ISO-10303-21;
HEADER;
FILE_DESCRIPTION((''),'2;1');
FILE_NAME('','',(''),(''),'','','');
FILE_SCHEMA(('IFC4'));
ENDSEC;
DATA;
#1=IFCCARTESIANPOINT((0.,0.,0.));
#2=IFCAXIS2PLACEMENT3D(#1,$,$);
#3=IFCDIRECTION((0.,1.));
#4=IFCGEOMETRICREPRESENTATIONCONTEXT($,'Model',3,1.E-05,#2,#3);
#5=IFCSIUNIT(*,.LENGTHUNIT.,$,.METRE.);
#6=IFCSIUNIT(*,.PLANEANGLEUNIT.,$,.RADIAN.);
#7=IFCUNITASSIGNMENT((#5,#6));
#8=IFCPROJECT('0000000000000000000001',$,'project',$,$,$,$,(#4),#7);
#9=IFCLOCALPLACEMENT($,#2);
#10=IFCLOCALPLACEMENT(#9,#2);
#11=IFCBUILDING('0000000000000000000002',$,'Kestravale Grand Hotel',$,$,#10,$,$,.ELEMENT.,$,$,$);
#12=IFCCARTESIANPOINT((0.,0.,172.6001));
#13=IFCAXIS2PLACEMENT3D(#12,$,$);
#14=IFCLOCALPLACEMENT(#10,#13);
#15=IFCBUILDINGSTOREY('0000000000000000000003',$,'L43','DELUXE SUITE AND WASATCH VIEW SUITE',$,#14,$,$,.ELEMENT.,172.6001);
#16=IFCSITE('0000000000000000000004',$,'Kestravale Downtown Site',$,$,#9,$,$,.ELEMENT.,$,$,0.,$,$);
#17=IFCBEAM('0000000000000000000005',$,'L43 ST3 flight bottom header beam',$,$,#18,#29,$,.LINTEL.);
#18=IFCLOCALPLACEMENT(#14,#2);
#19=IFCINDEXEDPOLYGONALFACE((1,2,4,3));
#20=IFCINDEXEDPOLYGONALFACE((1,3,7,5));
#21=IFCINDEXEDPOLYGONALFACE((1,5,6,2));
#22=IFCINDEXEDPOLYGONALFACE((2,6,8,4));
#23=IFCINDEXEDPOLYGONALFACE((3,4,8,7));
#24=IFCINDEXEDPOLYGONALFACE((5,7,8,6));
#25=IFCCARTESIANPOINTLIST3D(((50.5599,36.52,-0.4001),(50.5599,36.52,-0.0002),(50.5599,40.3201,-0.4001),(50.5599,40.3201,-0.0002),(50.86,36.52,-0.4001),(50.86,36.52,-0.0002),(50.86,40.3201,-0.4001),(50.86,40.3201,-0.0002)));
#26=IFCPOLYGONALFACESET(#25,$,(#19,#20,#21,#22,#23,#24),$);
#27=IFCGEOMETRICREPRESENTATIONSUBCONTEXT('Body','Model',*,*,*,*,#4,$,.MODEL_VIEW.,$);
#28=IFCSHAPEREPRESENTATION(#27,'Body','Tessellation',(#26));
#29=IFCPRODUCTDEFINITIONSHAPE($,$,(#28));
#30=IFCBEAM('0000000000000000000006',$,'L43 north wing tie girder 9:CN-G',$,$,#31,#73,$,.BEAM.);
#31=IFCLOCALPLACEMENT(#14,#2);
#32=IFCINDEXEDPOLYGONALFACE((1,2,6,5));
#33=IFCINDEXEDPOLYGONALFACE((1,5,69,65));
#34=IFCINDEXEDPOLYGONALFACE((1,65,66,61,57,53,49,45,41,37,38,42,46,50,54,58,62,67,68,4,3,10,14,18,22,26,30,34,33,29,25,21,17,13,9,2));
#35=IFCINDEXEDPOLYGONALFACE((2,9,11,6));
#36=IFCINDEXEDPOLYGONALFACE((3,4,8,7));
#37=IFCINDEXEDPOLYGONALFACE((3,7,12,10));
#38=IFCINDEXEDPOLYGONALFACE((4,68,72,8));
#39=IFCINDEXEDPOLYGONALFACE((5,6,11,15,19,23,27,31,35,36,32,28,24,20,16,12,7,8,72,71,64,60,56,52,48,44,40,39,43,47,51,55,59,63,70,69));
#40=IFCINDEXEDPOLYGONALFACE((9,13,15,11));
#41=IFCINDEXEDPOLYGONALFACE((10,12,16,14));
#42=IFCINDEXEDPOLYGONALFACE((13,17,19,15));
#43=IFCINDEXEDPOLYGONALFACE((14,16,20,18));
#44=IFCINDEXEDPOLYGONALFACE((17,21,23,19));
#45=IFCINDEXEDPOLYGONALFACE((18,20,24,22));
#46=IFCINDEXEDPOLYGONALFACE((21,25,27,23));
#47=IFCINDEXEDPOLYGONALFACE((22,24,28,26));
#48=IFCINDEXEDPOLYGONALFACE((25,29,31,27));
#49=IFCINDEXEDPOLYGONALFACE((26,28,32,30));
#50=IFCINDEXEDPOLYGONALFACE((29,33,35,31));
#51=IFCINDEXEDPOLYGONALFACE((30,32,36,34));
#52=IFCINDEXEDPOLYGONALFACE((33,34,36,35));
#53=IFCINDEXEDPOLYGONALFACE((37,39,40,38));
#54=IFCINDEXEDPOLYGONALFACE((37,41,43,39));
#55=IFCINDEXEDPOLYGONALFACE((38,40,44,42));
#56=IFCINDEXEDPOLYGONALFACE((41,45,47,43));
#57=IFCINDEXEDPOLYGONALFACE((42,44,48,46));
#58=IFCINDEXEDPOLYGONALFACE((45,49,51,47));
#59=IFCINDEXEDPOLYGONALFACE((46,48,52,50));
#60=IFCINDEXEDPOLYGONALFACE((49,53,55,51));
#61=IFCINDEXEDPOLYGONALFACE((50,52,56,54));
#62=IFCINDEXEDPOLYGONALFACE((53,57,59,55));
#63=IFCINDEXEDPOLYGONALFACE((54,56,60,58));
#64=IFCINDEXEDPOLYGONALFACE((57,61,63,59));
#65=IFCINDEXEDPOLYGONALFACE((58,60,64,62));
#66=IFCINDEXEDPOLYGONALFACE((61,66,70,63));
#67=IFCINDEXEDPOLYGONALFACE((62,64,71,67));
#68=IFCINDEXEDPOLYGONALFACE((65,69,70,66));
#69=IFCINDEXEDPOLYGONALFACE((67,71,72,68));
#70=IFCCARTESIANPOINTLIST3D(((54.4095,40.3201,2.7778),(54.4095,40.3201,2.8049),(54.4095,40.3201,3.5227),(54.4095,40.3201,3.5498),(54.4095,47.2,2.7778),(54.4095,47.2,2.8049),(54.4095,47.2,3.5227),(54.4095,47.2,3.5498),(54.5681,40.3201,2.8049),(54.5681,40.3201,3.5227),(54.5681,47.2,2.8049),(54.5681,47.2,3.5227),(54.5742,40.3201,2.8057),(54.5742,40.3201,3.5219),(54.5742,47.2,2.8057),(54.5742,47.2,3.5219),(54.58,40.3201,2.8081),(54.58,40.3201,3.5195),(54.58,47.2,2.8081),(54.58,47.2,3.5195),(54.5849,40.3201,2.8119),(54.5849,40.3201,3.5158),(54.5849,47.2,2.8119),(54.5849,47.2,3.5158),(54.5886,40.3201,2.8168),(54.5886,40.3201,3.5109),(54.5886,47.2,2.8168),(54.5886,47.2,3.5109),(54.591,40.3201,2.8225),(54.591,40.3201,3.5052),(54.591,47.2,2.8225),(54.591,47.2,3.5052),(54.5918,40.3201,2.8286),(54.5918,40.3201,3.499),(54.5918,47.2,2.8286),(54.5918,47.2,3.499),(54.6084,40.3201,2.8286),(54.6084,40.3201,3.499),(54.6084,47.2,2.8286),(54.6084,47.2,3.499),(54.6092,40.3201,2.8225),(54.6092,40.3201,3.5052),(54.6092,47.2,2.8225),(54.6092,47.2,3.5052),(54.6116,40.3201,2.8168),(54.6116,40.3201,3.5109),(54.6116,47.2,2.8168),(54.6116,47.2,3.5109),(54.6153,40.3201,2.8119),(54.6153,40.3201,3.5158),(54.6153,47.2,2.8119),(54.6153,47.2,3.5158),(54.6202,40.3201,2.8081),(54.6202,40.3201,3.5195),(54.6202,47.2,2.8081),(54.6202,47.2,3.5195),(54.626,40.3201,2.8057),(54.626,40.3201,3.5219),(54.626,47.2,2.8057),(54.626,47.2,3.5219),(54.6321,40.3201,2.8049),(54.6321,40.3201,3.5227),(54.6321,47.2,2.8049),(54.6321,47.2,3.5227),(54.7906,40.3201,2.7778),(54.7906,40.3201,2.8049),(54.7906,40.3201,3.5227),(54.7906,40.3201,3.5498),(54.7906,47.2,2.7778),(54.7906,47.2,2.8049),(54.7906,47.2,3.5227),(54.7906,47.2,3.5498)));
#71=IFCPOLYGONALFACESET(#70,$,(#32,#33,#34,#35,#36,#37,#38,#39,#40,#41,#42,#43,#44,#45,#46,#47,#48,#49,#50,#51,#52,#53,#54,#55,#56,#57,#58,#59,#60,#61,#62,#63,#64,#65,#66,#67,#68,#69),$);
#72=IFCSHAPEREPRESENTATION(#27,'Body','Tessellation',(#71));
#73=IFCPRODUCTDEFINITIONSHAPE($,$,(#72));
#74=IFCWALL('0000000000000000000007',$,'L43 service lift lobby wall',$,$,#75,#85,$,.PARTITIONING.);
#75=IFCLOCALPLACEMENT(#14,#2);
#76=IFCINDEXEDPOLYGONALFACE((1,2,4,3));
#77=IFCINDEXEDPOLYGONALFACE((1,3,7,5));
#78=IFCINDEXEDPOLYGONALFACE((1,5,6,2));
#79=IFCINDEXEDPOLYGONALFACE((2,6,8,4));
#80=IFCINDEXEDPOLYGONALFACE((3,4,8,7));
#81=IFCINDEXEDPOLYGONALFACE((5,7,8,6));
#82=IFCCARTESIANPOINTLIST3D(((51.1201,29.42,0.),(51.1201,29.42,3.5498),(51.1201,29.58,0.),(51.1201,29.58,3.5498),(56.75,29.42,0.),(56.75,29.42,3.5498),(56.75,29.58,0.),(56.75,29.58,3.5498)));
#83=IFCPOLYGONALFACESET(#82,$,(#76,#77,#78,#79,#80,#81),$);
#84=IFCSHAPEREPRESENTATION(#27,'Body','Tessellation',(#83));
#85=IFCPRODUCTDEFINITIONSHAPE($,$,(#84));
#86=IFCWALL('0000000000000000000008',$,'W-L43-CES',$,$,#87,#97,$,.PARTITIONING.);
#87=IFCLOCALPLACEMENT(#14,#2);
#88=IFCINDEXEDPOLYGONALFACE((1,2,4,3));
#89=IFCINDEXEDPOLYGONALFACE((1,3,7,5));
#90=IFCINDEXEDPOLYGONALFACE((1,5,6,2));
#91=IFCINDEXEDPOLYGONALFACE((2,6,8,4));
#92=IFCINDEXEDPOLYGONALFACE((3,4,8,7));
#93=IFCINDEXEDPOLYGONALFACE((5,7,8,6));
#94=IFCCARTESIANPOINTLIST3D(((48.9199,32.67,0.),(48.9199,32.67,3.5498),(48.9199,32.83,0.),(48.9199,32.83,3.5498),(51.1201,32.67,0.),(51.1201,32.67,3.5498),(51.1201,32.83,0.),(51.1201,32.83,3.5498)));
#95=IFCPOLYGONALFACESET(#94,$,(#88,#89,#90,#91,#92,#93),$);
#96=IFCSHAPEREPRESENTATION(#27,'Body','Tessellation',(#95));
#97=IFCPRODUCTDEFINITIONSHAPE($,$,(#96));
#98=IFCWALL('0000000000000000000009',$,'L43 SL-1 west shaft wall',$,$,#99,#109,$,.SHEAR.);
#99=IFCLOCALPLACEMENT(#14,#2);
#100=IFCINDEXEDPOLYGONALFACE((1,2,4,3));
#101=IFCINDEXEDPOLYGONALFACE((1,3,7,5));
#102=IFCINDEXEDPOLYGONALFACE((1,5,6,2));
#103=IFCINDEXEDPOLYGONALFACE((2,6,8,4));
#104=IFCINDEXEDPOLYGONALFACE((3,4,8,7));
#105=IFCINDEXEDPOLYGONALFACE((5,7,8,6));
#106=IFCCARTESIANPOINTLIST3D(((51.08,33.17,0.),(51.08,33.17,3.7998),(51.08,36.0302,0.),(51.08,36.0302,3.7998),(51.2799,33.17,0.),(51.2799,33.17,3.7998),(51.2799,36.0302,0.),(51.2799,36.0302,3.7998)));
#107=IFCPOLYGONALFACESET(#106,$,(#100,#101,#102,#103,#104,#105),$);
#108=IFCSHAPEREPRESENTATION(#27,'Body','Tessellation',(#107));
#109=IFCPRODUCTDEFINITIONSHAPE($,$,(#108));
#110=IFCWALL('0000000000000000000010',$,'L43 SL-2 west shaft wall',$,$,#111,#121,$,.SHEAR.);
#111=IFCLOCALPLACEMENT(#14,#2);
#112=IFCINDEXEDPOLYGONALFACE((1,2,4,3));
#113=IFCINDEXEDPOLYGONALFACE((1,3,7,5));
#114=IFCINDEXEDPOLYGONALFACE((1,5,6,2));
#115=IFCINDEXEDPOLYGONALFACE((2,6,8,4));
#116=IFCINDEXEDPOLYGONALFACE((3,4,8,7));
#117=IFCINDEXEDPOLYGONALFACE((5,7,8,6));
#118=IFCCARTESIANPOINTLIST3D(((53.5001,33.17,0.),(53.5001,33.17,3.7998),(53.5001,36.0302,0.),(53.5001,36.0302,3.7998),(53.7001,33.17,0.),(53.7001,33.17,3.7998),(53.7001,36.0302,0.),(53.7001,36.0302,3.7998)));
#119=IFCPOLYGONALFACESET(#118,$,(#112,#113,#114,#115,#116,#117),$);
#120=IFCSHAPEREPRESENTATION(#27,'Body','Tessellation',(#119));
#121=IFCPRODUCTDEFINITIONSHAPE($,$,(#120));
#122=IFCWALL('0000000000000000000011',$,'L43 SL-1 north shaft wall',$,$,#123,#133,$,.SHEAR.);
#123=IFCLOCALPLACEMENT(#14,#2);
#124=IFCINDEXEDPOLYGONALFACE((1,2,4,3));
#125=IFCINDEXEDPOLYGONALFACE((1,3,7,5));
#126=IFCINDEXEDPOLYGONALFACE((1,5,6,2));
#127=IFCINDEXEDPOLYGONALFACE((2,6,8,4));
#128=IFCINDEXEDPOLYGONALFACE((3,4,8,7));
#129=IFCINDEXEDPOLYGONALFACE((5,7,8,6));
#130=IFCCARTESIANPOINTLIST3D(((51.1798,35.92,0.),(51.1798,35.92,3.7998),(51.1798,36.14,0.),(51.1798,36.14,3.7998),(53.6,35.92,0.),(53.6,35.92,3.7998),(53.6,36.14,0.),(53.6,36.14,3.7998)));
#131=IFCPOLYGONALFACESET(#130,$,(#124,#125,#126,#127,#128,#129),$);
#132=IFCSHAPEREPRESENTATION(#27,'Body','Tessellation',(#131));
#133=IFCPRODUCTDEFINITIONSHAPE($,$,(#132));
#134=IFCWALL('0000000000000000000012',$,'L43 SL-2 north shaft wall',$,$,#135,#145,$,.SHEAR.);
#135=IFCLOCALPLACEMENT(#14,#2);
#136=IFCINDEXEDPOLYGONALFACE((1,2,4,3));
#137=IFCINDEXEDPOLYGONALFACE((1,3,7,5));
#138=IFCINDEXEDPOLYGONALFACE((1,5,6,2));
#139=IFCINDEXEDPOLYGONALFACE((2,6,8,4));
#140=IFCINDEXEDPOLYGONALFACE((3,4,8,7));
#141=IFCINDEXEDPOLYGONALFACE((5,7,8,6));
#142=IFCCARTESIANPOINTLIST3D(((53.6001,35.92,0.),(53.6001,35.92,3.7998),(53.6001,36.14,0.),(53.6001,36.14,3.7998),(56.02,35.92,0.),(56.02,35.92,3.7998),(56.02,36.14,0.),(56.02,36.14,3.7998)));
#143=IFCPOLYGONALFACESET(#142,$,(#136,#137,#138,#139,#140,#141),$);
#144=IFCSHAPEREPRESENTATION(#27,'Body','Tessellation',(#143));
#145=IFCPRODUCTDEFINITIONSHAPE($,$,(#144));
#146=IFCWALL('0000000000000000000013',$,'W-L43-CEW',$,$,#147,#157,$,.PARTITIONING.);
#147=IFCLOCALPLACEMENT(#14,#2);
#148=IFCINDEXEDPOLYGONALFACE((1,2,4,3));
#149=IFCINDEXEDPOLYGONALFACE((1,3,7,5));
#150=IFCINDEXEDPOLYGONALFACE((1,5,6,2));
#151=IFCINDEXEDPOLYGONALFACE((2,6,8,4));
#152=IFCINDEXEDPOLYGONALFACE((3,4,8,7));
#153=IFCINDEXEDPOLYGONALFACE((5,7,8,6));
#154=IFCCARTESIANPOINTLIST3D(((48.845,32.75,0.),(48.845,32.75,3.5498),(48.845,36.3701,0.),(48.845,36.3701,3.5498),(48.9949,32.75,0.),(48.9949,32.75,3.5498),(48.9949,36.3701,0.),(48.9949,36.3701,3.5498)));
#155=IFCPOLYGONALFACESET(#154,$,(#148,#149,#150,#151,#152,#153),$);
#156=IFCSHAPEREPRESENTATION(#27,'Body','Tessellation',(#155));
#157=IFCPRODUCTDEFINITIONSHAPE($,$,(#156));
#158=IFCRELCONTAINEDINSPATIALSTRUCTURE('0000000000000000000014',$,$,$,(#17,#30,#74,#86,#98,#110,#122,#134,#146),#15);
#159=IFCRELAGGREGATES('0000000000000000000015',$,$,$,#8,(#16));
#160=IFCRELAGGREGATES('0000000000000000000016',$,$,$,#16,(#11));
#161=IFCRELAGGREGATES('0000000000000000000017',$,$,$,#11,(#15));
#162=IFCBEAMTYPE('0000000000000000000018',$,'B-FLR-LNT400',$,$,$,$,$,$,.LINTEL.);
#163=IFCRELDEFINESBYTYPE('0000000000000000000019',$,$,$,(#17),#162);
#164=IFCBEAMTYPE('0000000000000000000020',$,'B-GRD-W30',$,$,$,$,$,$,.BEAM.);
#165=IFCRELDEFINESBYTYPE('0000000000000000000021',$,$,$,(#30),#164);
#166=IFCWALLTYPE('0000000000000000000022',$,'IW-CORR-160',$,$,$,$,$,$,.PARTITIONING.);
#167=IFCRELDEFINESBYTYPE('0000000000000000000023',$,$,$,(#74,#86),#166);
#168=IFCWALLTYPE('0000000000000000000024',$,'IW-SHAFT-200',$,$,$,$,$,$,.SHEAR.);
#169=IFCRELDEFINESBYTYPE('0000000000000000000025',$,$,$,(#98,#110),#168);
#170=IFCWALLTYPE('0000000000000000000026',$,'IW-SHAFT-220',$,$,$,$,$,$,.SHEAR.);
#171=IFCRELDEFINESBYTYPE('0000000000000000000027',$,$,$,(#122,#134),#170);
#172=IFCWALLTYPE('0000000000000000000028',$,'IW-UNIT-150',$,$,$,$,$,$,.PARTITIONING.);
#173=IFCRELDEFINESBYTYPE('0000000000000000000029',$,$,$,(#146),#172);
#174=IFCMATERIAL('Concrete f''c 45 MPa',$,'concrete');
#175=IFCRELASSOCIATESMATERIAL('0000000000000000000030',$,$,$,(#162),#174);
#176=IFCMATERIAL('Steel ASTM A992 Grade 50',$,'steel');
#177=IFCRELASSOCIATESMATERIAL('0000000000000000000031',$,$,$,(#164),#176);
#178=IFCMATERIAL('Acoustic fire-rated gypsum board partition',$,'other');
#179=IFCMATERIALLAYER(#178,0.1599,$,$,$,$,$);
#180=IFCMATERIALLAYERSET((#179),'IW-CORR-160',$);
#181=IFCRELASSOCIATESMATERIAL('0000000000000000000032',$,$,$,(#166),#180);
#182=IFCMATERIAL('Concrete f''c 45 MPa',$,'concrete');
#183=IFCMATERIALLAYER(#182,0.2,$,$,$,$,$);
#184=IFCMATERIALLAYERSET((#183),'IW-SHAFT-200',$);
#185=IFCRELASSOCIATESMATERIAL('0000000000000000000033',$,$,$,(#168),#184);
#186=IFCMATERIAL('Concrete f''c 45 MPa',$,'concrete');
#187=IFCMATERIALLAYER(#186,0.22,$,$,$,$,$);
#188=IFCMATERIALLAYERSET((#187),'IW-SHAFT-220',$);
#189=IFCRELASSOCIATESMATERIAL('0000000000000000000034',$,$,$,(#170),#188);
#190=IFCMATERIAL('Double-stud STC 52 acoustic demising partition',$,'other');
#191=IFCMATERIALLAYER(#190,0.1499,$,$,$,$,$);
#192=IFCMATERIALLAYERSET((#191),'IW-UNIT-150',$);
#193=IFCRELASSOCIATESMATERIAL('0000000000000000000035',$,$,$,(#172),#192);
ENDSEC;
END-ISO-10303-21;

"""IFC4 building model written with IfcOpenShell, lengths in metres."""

from ifc_helpers import new_model, si_unit, direction, frame, frame_2d, origin, origin_2d, place, context, subcontext, project, spatial, rectangle, i_section, extrude, material, layer, layer_set, material_profile, profile_set, type_object, element, save


model = new_model("IFC4")

# Units and contexts
model_context = context("Model", 3, precision=1e-05, world=origin(), true_north=direction((0.0, 1.0)))
body_context = subcontext(model_context, "Body", "Model", "MODEL_VIEW")
ifc_project = project(units=[si_unit("LENGTHUNIT", "METRE"), si_unit("PLANEANGLEUNIT", "RADIAN")], contexts=[model_context])

# Site, building, storey
site_placement = place(None, origin())
site = spatial("IfcSite", under=ifc_project, at=site_placement, Name="Kestravale Downtown Site", CompositionType="ELEMENT", RefElevation=0.0)
building_placement = place(site_placement, origin())
building = spatial("IfcBuilding", under=site, at=building_placement, Name="Kestravale Grand Hotel", CompositionType="ELEMENT")
storey_placement = place(building_placement, frame((0.0, 0.0, 172.6001)))
storey = spatial("IfcBuildingStorey", under=building, at=storey_placement, Name="L43", Description="DELUXE SUITE AND WASATCH VIEW SUITE", CompositionType="ELEMENT", Elevation=172.6001)

# Beams
ifc_material_1 = material(Name="Concrete f'c 45 MPa", Category="concrete")
ifc_material_profile_1 = material_profile(ifc_material_1, rectangle(XDim=0.3, YDim=0.3999, at=origin_2d()))
ifc_profile_set_1 = profile_set([ifc_material_profile_1], Name="Concrete f'c 45 MPa")
beam_type_1 = type_object("IfcBeamType", Name="B-FLR-LNT400", PredefinedType="LINTEL", material=ifc_profile_set_1)
beam_1_placement = place(storey_placement, frame((50.71, 36.52, -0.2002), z_axis=(0.0, 1.0, 0.0), x_axis=(-1.0, 0.0, 0.0)))
element("IfcBeam", 1, at=beam_1_placement, inside=storey, type_object=beam_type_1, Name="L43 ST3 flight bottom header beam", PredefinedType="LINTEL", context=body_context, shape_type="SweptSolid", body=[
    extrude(rectangle(XDim=0.3, YDim=0.3999, at=origin_2d()), origin(), (0.0, 0.0, 1.0), 3.8),
])
ifc_material_2 = material(Name="Steel ASTM A992 Grade 50", Category="steel")
ifc_material_profile_2 = material_profile(ifc_material_2, i_section(OverallWidth=0.3811, OverallDepth=0.772, WebThickness=0.0166, FlangeThickness=0.0271, FilletRadius=0.0237, at=origin_2d()))
ifc_profile_set_2 = profile_set([ifc_material_profile_2], Name="Steel ASTM A992 Grade 50")
beam_type_2 = type_object("IfcBeamType", Name="B-GRD-W30", PredefinedType="BEAM", material=ifc_profile_set_2)
beam_2_placement = place(storey_placement, frame((54.6001, 40.3201, 3.1638), z_axis=(0.0, 1.0, 0.0), x_axis=(-1.0, 0.0, 0.0)))
element("IfcBeam", 2, at=beam_2_placement, inside=storey, type_object=beam_type_2, Name="L43 north wing tie girder 9:CN-G", PredefinedType="BEAM", context=body_context, shape_type="SweptSolid", body=[
    extrude(i_section(OverallWidth=0.3811, OverallDepth=0.772, WebThickness=0.0166, FlangeThickness=0.0271, FilletRadius=0.0237, at=origin_2d()), origin(), (0.0, 0.0, 1.0), 6.8799),
])

# Shared definitions
ifc_material_3 = material(Name="Acoustic fire-rated gypsum board partition", Category="other")
ifc_layer_1 = layer(ifc_material_3, 0.1599)
ifc_layer_set_1 = layer_set([ifc_layer_1], Name="IW-CORR-160")
wall_type_1 = type_object("IfcWallType", Name="IW-CORR-160", PredefinedType="PARTITIONING", material=ifc_layer_set_1)

# Walls
wall_1_placement = place(storey_placement, frame((51.1201, 29.5, 0.0), z_axis=(0.0, 0.0, 1.0), x_axis=(1.0, 0.0, 0.0)))
element("IfcWall", 3, at=wall_1_placement, inside=storey, type_object=wall_type_1, Name="L43 service lift lobby wall", PredefinedType="PARTITIONING", context=body_context, shape_type="SweptSolid", body=[
    extrude(rectangle(XDim=5.6299, YDim=0.1599, at=frame_2d((2.8149, 0.0))), origin(), (0.0, 0.0, 1.0), 3.5498),
])
wall_2_placement = place(storey_placement, frame((48.9199, 32.75, 0.0), z_axis=(0.0, 0.0, 1.0), x_axis=(1.0, 0.0, 0.0)))
element("IfcWall", 4, at=wall_2_placement, inside=storey, type_object=wall_type_1, Name="W-L43-CES", PredefinedType="PARTITIONING", context=body_context, shape_type="SweptSolid", body=[
    extrude(rectangle(XDim=2.2002, YDim=0.1599, at=frame_2d((1.1001, 0.0))), origin(), (0.0, 0.0, 1.0), 3.5498),
])
ifc_material_4 = material(Name="Concrete f'c 45 MPa", Category="concrete")
ifc_layer_2 = layer(ifc_material_4, 0.2)
ifc_layer_set_2 = layer_set([ifc_layer_2], Name="IW-SHAFT-200")
wall_type_2 = type_object("IfcWallType", Name="IW-SHAFT-200", PredefinedType="SHEAR", material=ifc_layer_set_2)
for number, where, z_axis, x_axis, name in (
    (5, (51.1799, 33.1699, 0.0), (0.0, 0.0, 1.0), (0.0, 1.0, 0.0), "L43 SL-1 west shaft wall"),
    (6, (53.6001, 33.1699, 0.0), (0.0, 0.0, 1.0), (0.0, 1.0, 0.0), "L43 SL-2 west shaft wall"),
):
    element("IfcWall", number, at=place(storey_placement, frame(where, z_axis=z_axis, x_axis=x_axis)), inside=storey, type_object=wall_type_2, Name=name, PredefinedType="SHEAR", context=body_context, shape_type="SweptSolid", body=[
        extrude(rectangle(XDim=2.8601, YDim=0.2, at=frame_2d((1.4302, 0.0))), origin(), (0.0, 0.0, 1.0), 3.7998),
    ])
ifc_material_5 = material(Name="Concrete f'c 45 MPa", Category="concrete")
ifc_layer_3 = layer(ifc_material_5, 0.22)
ifc_layer_set_3 = layer_set([ifc_layer_3], Name="IW-SHAFT-220")
wall_type_3 = type_object("IfcWallType", Name="IW-SHAFT-220", PredefinedType="SHEAR", material=ifc_layer_set_3)
wall_3_placement = place(storey_placement, frame((51.1799, 36.03, 0.0), z_axis=(0.0, 0.0, 1.0), x_axis=(1.0, 0.0, 0.0)))
element("IfcWall", 7, at=wall_3_placement, inside=storey, type_object=wall_type_3, Name="L43 SL-1 north shaft wall", PredefinedType="SHEAR", context=body_context, shape_type="SweptSolid", body=[
    extrude(rectangle(XDim=2.4202, YDim=0.22, at=frame_2d((1.21, 0.0))), origin(), (0.0, 0.0, 1.0), 3.7998),
])

# Wall
wall_4_placement = place(storey_placement, frame((53.6001, 36.03, 0.0), z_axis=(0.0, 0.0, 1.0), x_axis=(1.0, 0.0, 0.0)))
element("IfcWall", 8, at=wall_4_placement, inside=storey, type_object=wall_type_3, Name="L43 SL-2 north shaft wall", PredefinedType="SHEAR", context=body_context, shape_type="SweptSolid", body=[
    extrude(rectangle(XDim=2.4199, YDim=0.22, at=frame_2d((1.21, 0.0))), origin(), (0.0, 0.0, 1.0), 3.7998),
])

# Wall
ifc_material_6 = material(Name="Double-stud STC 52 acoustic demising partition", Category="other")
ifc_layer_4 = layer(ifc_material_6, 0.1499)
ifc_layer_set_4 = layer_set([ifc_layer_4], Name="IW-UNIT-150")
wall_type_4 = type_object("IfcWallType", Name="IW-UNIT-150", PredefinedType="PARTITIONING", material=ifc_layer_set_4)
wall_5_placement = place(storey_placement, frame((48.9199, 32.75, 0.0), z_axis=(0.0, 0.0, 1.0), x_axis=(0.0, 1.0, 0.0)))
element("IfcWall", 9, at=wall_5_placement, inside=storey, type_object=wall_type_4, Name="W-L43-CEW", PredefinedType="PARTITIONING", context=body_context, shape_type="SweptSolid", body=[
    extrude(rectangle(XDim=3.6201, YDim=0.1499, at=frame_2d((1.8101, 0.0))), origin(), (0.0, 0.0, 1.0), 3.5498),
])

save(model, "model.ifc")
